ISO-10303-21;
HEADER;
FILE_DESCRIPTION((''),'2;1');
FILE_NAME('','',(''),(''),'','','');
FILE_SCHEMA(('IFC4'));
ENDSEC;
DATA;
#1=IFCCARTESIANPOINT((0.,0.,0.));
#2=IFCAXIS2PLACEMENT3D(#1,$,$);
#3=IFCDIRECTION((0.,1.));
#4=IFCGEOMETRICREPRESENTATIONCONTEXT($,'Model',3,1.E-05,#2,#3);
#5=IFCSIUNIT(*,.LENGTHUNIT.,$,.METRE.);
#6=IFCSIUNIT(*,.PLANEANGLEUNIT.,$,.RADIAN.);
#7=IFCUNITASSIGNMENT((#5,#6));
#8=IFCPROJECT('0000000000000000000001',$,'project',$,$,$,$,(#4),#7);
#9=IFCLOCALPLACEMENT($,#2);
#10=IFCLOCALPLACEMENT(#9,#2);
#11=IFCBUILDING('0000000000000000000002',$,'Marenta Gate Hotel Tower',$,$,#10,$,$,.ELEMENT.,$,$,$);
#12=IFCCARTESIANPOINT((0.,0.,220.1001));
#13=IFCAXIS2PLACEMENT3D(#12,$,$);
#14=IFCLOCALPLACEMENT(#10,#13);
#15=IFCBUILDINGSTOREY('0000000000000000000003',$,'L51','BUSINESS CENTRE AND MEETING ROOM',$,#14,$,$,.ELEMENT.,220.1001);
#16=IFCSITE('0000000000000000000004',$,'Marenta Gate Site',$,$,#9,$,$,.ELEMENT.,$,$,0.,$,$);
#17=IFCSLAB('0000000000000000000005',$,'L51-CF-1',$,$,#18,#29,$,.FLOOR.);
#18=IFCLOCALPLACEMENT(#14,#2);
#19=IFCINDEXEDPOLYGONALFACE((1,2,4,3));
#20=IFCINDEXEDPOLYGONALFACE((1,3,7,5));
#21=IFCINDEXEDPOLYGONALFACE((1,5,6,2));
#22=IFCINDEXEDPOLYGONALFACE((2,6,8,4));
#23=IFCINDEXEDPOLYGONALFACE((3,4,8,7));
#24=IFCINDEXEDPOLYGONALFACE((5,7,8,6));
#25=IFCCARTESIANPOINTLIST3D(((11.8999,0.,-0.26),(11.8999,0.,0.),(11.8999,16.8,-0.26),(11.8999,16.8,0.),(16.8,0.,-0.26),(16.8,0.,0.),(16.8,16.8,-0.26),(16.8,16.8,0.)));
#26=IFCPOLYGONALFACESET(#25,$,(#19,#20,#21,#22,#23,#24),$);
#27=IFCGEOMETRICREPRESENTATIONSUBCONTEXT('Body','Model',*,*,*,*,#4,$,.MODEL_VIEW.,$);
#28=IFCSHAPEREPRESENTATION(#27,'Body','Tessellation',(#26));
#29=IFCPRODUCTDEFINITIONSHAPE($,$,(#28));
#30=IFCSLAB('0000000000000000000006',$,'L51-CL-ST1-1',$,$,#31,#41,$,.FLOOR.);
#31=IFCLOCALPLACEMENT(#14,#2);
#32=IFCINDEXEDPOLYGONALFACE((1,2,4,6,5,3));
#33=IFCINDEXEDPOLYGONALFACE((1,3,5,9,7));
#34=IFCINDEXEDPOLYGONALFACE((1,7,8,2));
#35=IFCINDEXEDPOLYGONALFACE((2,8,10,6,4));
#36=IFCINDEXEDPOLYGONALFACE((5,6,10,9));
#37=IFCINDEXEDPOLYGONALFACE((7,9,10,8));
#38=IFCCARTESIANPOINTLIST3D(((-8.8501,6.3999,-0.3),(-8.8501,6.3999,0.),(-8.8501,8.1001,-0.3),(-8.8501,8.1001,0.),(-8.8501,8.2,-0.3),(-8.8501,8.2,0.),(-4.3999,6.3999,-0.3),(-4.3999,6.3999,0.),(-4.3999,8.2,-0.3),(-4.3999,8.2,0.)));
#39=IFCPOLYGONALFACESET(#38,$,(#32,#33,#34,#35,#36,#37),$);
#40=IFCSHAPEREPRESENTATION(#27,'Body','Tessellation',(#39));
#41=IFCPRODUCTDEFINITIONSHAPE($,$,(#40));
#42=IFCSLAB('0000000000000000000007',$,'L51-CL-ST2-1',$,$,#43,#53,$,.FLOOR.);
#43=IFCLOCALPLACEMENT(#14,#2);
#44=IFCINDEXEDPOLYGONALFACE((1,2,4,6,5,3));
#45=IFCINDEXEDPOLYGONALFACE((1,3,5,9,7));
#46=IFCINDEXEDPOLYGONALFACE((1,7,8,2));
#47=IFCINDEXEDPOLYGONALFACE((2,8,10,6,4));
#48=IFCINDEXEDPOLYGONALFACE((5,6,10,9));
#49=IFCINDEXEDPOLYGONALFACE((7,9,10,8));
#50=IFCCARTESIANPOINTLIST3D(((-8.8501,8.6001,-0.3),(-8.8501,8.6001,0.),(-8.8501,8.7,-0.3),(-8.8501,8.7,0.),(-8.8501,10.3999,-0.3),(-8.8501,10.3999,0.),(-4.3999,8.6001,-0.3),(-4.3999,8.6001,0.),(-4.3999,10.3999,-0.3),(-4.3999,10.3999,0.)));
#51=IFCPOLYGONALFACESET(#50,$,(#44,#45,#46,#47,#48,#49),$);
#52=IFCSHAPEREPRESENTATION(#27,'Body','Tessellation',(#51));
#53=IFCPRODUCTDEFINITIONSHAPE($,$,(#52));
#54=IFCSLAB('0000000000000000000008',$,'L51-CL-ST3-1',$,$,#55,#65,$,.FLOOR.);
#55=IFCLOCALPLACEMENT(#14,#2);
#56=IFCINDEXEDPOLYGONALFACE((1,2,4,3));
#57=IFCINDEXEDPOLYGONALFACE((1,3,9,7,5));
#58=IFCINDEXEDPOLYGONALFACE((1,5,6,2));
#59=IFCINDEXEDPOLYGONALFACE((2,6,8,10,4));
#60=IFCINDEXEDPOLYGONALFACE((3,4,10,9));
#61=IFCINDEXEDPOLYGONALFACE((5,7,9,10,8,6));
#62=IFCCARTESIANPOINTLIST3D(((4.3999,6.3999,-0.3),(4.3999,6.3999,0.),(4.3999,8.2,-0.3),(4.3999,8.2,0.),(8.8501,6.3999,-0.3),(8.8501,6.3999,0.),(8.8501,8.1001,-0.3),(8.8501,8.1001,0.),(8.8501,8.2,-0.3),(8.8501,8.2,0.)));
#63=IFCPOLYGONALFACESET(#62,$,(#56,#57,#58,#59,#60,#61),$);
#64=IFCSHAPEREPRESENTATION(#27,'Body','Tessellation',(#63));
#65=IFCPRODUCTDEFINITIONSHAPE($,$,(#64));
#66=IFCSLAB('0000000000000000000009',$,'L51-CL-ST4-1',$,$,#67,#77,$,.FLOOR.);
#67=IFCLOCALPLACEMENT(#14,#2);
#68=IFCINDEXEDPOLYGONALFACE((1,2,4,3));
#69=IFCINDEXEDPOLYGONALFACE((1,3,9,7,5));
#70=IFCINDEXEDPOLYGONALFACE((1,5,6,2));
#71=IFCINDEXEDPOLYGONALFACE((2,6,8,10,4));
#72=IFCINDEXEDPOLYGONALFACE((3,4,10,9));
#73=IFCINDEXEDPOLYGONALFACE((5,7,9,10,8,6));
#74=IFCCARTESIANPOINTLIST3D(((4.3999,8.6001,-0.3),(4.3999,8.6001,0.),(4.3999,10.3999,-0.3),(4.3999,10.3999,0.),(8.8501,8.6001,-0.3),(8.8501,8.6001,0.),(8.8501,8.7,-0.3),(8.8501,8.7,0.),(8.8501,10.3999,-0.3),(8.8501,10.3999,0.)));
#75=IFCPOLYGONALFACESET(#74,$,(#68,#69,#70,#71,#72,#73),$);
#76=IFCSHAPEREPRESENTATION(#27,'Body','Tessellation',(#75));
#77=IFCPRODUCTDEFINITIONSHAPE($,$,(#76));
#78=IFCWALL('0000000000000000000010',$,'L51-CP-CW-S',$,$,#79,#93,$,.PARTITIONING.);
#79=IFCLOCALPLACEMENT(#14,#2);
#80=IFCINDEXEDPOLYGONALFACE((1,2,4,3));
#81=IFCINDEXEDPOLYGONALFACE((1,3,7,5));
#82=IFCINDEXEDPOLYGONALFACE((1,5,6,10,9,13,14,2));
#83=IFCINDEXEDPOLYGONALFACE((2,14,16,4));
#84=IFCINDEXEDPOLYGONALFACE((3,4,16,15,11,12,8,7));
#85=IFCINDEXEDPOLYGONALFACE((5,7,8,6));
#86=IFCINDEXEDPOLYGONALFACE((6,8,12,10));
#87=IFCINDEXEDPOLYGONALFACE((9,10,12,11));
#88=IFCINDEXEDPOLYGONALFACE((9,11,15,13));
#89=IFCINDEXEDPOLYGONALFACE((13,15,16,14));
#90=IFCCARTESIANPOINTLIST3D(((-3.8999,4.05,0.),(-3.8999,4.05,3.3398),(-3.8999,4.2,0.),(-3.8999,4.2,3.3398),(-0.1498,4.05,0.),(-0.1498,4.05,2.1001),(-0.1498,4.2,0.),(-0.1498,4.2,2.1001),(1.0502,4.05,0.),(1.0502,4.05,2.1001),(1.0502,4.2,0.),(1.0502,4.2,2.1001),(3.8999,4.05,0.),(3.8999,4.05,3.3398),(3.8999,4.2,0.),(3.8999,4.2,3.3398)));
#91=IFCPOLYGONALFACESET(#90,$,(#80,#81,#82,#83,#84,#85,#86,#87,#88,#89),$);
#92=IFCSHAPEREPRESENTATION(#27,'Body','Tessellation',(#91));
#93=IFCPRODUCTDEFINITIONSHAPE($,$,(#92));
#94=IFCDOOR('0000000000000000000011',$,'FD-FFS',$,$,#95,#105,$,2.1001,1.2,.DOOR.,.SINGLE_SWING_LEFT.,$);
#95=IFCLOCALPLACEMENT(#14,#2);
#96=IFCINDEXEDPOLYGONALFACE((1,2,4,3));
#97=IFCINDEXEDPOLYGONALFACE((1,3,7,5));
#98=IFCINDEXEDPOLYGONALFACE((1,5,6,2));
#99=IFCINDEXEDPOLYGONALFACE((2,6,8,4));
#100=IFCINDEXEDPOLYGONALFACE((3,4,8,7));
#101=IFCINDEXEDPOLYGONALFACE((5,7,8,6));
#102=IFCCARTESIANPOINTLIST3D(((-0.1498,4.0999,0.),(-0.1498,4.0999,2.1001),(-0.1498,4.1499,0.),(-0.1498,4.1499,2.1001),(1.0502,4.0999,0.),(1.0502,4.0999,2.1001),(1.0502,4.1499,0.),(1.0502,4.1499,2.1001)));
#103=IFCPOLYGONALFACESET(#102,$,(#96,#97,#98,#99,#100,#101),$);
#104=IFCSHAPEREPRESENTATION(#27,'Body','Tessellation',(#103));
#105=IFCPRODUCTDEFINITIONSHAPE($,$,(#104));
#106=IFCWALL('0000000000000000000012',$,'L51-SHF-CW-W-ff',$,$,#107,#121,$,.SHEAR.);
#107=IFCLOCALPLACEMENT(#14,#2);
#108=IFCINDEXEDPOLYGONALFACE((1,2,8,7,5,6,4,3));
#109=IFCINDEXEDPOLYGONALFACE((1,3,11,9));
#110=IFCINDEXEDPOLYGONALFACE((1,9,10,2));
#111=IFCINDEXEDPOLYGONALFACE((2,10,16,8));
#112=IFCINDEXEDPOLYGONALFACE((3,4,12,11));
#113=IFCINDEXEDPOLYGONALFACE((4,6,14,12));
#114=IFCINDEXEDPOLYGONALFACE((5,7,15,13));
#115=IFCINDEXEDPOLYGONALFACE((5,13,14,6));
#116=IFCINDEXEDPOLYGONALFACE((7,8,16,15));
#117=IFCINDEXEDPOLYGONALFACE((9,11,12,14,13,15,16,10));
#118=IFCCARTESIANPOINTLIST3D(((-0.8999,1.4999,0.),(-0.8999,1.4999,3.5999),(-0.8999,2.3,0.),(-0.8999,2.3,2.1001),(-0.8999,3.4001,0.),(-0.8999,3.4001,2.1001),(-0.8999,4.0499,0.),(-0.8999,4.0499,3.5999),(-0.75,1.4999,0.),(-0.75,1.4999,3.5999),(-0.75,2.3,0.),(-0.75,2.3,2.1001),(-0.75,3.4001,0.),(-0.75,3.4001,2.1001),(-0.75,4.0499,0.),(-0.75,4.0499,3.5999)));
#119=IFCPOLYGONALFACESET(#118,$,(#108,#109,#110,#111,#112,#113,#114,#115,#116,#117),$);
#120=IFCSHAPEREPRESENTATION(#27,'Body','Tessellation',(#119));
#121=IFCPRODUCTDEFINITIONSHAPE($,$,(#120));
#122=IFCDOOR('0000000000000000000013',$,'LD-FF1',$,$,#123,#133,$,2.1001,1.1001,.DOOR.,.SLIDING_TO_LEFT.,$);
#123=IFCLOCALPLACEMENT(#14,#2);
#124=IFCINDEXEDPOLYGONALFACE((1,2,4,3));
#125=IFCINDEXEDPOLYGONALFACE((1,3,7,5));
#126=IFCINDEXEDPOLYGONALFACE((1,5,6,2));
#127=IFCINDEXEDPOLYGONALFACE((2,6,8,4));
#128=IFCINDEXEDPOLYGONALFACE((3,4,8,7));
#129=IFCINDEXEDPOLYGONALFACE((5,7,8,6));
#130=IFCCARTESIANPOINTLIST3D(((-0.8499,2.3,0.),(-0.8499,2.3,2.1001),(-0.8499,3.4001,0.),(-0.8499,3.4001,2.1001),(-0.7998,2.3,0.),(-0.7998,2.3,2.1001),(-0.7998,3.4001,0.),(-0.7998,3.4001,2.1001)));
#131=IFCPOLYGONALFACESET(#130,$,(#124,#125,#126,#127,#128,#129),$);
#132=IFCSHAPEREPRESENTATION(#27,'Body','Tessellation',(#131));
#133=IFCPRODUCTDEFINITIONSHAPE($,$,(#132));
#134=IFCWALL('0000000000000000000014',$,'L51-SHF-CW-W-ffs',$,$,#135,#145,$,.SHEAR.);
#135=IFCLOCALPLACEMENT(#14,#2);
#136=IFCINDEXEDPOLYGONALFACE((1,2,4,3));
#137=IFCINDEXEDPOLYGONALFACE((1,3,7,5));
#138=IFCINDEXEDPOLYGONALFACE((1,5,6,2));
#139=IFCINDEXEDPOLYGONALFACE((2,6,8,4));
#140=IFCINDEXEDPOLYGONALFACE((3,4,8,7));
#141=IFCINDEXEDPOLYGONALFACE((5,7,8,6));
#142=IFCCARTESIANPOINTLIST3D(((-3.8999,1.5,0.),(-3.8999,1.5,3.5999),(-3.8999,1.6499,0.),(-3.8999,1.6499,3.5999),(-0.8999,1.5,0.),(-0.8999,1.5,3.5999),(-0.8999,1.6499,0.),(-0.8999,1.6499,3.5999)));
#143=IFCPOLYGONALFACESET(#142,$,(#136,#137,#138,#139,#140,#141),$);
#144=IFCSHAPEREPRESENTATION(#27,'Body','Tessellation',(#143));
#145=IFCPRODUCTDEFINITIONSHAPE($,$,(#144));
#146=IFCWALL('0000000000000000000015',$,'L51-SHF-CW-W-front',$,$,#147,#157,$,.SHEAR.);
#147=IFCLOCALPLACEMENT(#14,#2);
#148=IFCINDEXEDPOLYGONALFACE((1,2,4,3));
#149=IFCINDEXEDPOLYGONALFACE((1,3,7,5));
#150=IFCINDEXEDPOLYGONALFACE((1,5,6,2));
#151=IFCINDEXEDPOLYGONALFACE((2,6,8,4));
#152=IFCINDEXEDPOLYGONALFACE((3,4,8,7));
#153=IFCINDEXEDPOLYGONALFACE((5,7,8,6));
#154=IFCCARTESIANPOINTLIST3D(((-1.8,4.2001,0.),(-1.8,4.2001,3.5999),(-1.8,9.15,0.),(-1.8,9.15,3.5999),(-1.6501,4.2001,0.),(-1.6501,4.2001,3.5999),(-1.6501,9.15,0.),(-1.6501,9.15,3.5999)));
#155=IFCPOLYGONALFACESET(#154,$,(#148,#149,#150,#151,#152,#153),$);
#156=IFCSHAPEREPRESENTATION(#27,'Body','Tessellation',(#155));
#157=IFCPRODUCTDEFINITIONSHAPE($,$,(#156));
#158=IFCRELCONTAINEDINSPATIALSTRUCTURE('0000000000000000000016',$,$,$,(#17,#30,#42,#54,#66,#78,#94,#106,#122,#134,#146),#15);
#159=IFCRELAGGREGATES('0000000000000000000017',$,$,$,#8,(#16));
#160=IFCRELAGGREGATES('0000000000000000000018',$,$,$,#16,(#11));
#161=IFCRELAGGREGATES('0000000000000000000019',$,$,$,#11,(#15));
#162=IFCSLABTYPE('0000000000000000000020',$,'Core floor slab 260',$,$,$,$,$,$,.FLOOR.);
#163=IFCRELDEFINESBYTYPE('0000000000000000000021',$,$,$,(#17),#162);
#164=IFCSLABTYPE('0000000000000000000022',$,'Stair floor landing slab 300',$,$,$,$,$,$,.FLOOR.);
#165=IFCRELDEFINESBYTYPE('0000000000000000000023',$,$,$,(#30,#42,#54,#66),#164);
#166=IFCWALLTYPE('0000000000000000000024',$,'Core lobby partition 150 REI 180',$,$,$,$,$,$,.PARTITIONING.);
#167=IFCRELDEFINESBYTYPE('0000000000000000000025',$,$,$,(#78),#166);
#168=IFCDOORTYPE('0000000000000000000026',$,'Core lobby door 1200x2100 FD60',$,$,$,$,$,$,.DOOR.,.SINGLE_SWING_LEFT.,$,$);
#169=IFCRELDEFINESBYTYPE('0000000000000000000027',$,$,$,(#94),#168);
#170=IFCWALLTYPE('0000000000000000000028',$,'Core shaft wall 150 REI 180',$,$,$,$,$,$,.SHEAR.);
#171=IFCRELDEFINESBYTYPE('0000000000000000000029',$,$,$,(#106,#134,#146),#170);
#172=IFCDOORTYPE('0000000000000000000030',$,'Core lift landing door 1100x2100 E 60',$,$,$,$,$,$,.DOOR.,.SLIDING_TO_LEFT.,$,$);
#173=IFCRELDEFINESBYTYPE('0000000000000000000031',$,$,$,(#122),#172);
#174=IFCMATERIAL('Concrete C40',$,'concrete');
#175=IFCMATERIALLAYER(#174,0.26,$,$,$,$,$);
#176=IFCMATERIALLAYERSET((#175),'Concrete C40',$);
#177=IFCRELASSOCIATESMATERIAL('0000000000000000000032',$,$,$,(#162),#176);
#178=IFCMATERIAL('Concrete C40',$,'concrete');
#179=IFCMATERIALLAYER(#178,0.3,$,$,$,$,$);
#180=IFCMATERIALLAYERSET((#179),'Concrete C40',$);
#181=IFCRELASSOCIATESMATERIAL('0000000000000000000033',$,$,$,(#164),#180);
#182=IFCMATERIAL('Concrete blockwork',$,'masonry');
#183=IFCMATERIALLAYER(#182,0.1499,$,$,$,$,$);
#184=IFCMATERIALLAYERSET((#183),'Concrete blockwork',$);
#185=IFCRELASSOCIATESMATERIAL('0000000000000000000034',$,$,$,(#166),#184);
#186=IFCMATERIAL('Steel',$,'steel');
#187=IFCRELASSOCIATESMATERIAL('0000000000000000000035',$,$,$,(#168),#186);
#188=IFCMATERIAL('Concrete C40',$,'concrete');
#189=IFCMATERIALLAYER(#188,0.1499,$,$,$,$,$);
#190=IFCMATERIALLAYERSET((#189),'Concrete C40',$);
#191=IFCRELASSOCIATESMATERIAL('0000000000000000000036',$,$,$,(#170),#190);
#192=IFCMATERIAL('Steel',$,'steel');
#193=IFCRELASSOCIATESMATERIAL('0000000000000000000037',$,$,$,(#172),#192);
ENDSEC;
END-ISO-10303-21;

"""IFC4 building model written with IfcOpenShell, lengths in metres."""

from ifc_helpers import new_model, si_unit, direction, frame, frame_2d, origin, place, context, subcontext, project, spatial, polyline, rectangle, outline, extrude, material, layer, layer_set, type_object, element, fill, save


model = new_model("IFC4")

# Units and contexts
model_context = context("Model", 3, precision=1e-05, world=origin(), true_north=direction((0.0, 1.0)))
body_context = subcontext(model_context, "Body", "Model", "MODEL_VIEW")
ifc_project = project(units=[si_unit("LENGTHUNIT", "METRE"), si_unit("PLANEANGLEUNIT", "RADIAN")], contexts=[model_context])

# Site, building, storey
site_placement = place(None, origin())
site = spatial("IfcSite", under=ifc_project, at=site_placement, Name="Marenta Gate Site", CompositionType="ELEMENT", RefElevation=0.0)
building_placement = place(site_placement, origin())
building = spatial("IfcBuilding", under=site, at=building_placement, Name="Marenta Gate Hotel Tower", CompositionType="ELEMENT")
storey_placement = place(building_placement, frame((0.0, 0.0, 220.1001)))
storey = spatial("IfcBuildingStorey", under=building, at=storey_placement, Name="L51", Description="BUSINESS CENTRE AND MEETING ROOM", CompositionType="ELEMENT", Elevation=220.1001)

# Slabs
ifc_material_1 = material(Name="Concrete C40", Category="concrete")
ifc_layer_1 = layer(ifc_material_1, 0.26)
ifc_layer_set_1 = layer_set([ifc_layer_1], Name="Concrete C40")
slab_type_1 = type_object("IfcSlabType", Name="Core floor slab 260", PredefinedType="FLOOR", material=ifc_layer_set_1)
slab_1_placement = place(storey_placement, frame((0.0, 0.0, -0.26)))
element("IfcSlab", 1, at=slab_1_placement, inside=storey, type_object=slab_type_1, Name="L51-CF-1", PredefinedType="FLOOR", context=body_context, shape_type="SweptSolid", body=[
    extrude(outline(polyline([(11.8999, 0.0), (11.8999, 16.8), (16.8, 16.8), (16.8, 0.0), (11.8999, 0.0)])), origin(), (0.0, 0.0, 1.0), 0.26),
])
ifc_material_2 = material(Name="Concrete C40", Category="concrete")
ifc_layer_2 = layer(ifc_material_2, 0.3)
ifc_layer_set_2 = layer_set([ifc_layer_2], Name="Concrete C40")
slab_type_2 = type_object("IfcSlabType", Name="Stair floor landing slab 300", PredefinedType="FLOOR", material=ifc_layer_set_2)
slab_2_placement = place(storey_placement, frame((0.0, 0.0, -0.3)))
element("IfcSlab", 2, at=slab_2_placement, inside=storey, type_object=slab_type_2, Name="L51-CL-ST1-1", PredefinedType="FLOOR", context=body_context, shape_type="SweptSolid", body=[
    extrude(outline(polyline([(-4.3999, 6.3999), (-8.8501, 6.3999), (-8.8501, 8.1001), (-8.8501, 8.2), (-4.3999, 8.2), (-4.3999, 6.3999)])), origin(), (0.0, 0.0, 1.0), 0.3),
])
slab_3_placement = place(storey_placement, frame((0.0, 0.0, -0.3)))
element("IfcSlab", 3, at=slab_3_placement, inside=storey, type_object=slab_type_2, Name="L51-CL-ST2-1", PredefinedType="FLOOR", context=body_context, shape_type="SweptSolid", body=[
    extrude(outline(polyline([(-4.3999, 8.6001), (-8.8501, 8.6001), (-8.8501, 8.7), (-8.8501, 10.3999), (-4.3999, 10.3999), (-4.3999, 8.6001)])), origin(), (0.0, 0.0, 1.0), 0.3),
])
slab_4_placement = place(storey_placement, frame((0.0, 0.0, -0.3)))
element("IfcSlab", 4, at=slab_4_placement, inside=storey, type_object=slab_type_2, Name="L51-CL-ST3-1", PredefinedType="FLOOR", context=body_context, shape_type="SweptSolid", body=[
    extrude(outline(polyline([(4.3999, 6.3999), (4.3999, 8.2), (8.8501, 8.2), (8.8501, 8.1001), (8.8501, 6.3999), (4.3999, 6.3999)])), origin(), (0.0, 0.0, 1.0), 0.3),
])
slab_5_placement = place(storey_placement, frame((0.0, 0.0, -0.3)))
element("IfcSlab", 5, at=slab_5_placement, inside=storey, type_object=slab_type_2, Name="L51-CL-ST4-1", PredefinedType="FLOOR", context=body_context, shape_type="SweptSolid", body=[
    extrude(outline(polyline([(4.3999, 8.6001), (4.3999, 10.3999), (8.8501, 10.3999), (8.8501, 8.7), (8.8501, 8.6001), (4.3999, 8.6001)])), origin(), (0.0, 0.0, 1.0), 0.3),
])

# Walls, openings, doors
ifc_material_3 = material(Name="Concrete blockwork", Category="masonry")
ifc_layer_3 = layer(ifc_material_3, 0.1499)
ifc_layer_set_3 = layer_set([ifc_layer_3], Name="Concrete blockwork")
wall_type_1 = type_object("IfcWallType", Name="Core lobby partition 150 REI 180", PredefinedType="PARTITIONING", material=ifc_layer_set_3)
wall_1_placement = place(storey_placement, frame((-3.8999, 4.125, 0.0), z_axis=(0.0, 0.0, 1.0), x_axis=(1.0, 0.0, 0.0)))
wall_1 = element("IfcWall", 6, at=wall_1_placement, inside=storey, type_object=wall_type_1, Name="L51-CP-CW-S", PredefinedType="PARTITIONING", context=body_context, shape_type="SweptSolid", body=[
    extrude(rectangle(XDim=7.7998, YDim=0.1499, at=frame_2d((3.8999, 0.0))), origin(), (0.0, 0.0, 1.0), 3.3398),
])
opening_1_placement = place(wall_1_placement, frame((3.75, 0.0, 0.0)))
opening_1 = element("IfcOpeningElement", 7, at=opening_1_placement, cuts=wall_1, PredefinedType="OPENING", context=body_context, shape_type="SweptSolid", body=[
    extrude(rectangle(XDim=1.2, YDim=2.1001, at=frame_2d((0.6001, 1.05))), frame((0.0, 0.075, 0.0), z_axis=(0.0, -1.0, 0.0), x_axis=(1.0, 0.0, 0.0)), (0.0, 0.0, 1.0), 0.1499),
])
ifc_material_4 = material(Name="Steel", Category="steel")
door_type_1 = type_object("IfcDoorType", Name="Core lobby door 1200x2100 FD60", OperationType="SINGLE_SWING_LEFT", PredefinedType="DOOR", material=ifc_material_4)
door_1_placement = place(opening_1_placement, origin())
door_1 = element("IfcDoor", 8, at=door_1_placement, inside=storey, type_object=door_type_1, Name="FD-FFS", OperationType="SINGLE_SWING_LEFT", OverallHeight=2.1001, OverallWidth=1.2, PredefinedType="DOOR", context=body_context, shape_type="SweptSolid", body=[
    extrude(rectangle(XDim=1.2, YDim=2.1001, at=frame_2d((0.6001, 1.05))), frame((0.0, 0.0249, 0.0), z_axis=(0.0, -1.0, 0.0), x_axis=(1.0, 0.0, 0.0)), (0.0, 0.0, 1.0), 0.05),
])
fill(opening_1, door_1)
ifc_material_5 = material(Name="Concrete C40", Category="concrete")
ifc_layer_4 = layer(ifc_material_5, 0.1499)
ifc_layer_set_4 = layer_set([ifc_layer_4], Name="Concrete C40")
wall_type_2 = type_object("IfcWallType", Name="Core shaft wall 150 REI 180", PredefinedType="SHEAR", material=ifc_layer_set_4)
wall_2_placement = place(storey_placement, frame((-0.825, 1.5, 0.0), z_axis=(0.0, 0.0, 1.0), x_axis=(0.0, 1.0, 0.0)))
wall_2 = element("IfcWall", 9, at=wall_2_placement, inside=storey, type_object=wall_type_2, Name="L51-SHF-CW-W-ff", PredefinedType="SHEAR", context=body_context, shape_type="SweptSolid", body=[
    extrude(rectangle(XDim=2.55, YDim=0.1499, at=frame_2d((1.2749, 0.0))), origin(), (0.0, 0.0, 1.0), 3.5999),
])
opening_2_placement = place(wall_2_placement, frame((0.8, 0.0, 0.0)))
opening_2 = element("IfcOpeningElement", 10, at=opening_2_placement, cuts=wall_2, PredefinedType="OPENING", context=body_context, shape_type="SweptSolid", body=[
    extrude(rectangle(XDim=1.1001, YDim=2.1001, at=frame_2d((0.55, 1.05))), frame((0.0, 0.075, 0.0), z_axis=(0.0, -1.0, 0.0), x_axis=(1.0, 0.0, 0.0)), (0.0, 0.0, 1.0), 0.1499),
])
ifc_material_6 = material(Name="Steel", Category="steel")
door_type_2 = type_object("IfcDoorType", Name="Core lift landing door 1100x2100 E 60", OperationType="SLIDING_TO_LEFT", PredefinedType="DOOR", material=ifc_material_6)
door_2_placement = place(opening_2_placement, origin())
door_2 = element("IfcDoor", 11, at=door_2_placement, inside=storey, type_object=door_type_2, Name="LD-FF1", OperationType="SLIDING_TO_LEFT", OverallHeight=2.1001, OverallWidth=1.1001, PredefinedType="DOOR", context=body_context, shape_type="SweptSolid", body=[
    extrude(rectangle(XDim=1.1001, YDim=2.1001, at=frame_2d((0.55, 1.05))), frame((0.0, 0.0249, 0.0), z_axis=(0.0, -1.0, 0.0), x_axis=(1.0, 0.0, 0.0)), (0.0, 0.0, 1.0), 0.05),
])
fill(opening_2, door_2)

# Walls
wall_3_placement = place(storey_placement, frame((-3.8999, 1.575, 0.0), z_axis=(0.0, 0.0, 1.0), x_axis=(1.0, 0.0, 0.0)))
element("IfcWall", 12, at=wall_3_placement, inside=storey, type_object=wall_type_2, Name="L51-SHF-CW-W-ffs", PredefinedType="SHEAR", context=body_context, shape_type="SweptSolid", body=[
    extrude(rectangle(XDim=3.0, YDim=0.1499, at=frame_2d((1.5, 0.0))), origin(), (0.0, 0.0, 1.0), 3.5999),
])
wall_4_placement = place(storey_placement, frame((-1.7251, 4.2, 0.0), z_axis=(0.0, 0.0, 1.0), x_axis=(0.0, 1.0, 0.0)))
element("IfcWall", 13, at=wall_4_placement, inside=storey, type_object=wall_type_2, Name="L51-SHF-CW-W-front", PredefinedType="SHEAR", context=body_context, shape_type="SweptSolid", body=[
    extrude(rectangle(XDim=4.95, YDim=0.1499, at=frame_2d((2.4751, 0.0))), origin(), (0.0, 0.0, 1.0), 3.5999),
])

save(model, "model.ifc")
